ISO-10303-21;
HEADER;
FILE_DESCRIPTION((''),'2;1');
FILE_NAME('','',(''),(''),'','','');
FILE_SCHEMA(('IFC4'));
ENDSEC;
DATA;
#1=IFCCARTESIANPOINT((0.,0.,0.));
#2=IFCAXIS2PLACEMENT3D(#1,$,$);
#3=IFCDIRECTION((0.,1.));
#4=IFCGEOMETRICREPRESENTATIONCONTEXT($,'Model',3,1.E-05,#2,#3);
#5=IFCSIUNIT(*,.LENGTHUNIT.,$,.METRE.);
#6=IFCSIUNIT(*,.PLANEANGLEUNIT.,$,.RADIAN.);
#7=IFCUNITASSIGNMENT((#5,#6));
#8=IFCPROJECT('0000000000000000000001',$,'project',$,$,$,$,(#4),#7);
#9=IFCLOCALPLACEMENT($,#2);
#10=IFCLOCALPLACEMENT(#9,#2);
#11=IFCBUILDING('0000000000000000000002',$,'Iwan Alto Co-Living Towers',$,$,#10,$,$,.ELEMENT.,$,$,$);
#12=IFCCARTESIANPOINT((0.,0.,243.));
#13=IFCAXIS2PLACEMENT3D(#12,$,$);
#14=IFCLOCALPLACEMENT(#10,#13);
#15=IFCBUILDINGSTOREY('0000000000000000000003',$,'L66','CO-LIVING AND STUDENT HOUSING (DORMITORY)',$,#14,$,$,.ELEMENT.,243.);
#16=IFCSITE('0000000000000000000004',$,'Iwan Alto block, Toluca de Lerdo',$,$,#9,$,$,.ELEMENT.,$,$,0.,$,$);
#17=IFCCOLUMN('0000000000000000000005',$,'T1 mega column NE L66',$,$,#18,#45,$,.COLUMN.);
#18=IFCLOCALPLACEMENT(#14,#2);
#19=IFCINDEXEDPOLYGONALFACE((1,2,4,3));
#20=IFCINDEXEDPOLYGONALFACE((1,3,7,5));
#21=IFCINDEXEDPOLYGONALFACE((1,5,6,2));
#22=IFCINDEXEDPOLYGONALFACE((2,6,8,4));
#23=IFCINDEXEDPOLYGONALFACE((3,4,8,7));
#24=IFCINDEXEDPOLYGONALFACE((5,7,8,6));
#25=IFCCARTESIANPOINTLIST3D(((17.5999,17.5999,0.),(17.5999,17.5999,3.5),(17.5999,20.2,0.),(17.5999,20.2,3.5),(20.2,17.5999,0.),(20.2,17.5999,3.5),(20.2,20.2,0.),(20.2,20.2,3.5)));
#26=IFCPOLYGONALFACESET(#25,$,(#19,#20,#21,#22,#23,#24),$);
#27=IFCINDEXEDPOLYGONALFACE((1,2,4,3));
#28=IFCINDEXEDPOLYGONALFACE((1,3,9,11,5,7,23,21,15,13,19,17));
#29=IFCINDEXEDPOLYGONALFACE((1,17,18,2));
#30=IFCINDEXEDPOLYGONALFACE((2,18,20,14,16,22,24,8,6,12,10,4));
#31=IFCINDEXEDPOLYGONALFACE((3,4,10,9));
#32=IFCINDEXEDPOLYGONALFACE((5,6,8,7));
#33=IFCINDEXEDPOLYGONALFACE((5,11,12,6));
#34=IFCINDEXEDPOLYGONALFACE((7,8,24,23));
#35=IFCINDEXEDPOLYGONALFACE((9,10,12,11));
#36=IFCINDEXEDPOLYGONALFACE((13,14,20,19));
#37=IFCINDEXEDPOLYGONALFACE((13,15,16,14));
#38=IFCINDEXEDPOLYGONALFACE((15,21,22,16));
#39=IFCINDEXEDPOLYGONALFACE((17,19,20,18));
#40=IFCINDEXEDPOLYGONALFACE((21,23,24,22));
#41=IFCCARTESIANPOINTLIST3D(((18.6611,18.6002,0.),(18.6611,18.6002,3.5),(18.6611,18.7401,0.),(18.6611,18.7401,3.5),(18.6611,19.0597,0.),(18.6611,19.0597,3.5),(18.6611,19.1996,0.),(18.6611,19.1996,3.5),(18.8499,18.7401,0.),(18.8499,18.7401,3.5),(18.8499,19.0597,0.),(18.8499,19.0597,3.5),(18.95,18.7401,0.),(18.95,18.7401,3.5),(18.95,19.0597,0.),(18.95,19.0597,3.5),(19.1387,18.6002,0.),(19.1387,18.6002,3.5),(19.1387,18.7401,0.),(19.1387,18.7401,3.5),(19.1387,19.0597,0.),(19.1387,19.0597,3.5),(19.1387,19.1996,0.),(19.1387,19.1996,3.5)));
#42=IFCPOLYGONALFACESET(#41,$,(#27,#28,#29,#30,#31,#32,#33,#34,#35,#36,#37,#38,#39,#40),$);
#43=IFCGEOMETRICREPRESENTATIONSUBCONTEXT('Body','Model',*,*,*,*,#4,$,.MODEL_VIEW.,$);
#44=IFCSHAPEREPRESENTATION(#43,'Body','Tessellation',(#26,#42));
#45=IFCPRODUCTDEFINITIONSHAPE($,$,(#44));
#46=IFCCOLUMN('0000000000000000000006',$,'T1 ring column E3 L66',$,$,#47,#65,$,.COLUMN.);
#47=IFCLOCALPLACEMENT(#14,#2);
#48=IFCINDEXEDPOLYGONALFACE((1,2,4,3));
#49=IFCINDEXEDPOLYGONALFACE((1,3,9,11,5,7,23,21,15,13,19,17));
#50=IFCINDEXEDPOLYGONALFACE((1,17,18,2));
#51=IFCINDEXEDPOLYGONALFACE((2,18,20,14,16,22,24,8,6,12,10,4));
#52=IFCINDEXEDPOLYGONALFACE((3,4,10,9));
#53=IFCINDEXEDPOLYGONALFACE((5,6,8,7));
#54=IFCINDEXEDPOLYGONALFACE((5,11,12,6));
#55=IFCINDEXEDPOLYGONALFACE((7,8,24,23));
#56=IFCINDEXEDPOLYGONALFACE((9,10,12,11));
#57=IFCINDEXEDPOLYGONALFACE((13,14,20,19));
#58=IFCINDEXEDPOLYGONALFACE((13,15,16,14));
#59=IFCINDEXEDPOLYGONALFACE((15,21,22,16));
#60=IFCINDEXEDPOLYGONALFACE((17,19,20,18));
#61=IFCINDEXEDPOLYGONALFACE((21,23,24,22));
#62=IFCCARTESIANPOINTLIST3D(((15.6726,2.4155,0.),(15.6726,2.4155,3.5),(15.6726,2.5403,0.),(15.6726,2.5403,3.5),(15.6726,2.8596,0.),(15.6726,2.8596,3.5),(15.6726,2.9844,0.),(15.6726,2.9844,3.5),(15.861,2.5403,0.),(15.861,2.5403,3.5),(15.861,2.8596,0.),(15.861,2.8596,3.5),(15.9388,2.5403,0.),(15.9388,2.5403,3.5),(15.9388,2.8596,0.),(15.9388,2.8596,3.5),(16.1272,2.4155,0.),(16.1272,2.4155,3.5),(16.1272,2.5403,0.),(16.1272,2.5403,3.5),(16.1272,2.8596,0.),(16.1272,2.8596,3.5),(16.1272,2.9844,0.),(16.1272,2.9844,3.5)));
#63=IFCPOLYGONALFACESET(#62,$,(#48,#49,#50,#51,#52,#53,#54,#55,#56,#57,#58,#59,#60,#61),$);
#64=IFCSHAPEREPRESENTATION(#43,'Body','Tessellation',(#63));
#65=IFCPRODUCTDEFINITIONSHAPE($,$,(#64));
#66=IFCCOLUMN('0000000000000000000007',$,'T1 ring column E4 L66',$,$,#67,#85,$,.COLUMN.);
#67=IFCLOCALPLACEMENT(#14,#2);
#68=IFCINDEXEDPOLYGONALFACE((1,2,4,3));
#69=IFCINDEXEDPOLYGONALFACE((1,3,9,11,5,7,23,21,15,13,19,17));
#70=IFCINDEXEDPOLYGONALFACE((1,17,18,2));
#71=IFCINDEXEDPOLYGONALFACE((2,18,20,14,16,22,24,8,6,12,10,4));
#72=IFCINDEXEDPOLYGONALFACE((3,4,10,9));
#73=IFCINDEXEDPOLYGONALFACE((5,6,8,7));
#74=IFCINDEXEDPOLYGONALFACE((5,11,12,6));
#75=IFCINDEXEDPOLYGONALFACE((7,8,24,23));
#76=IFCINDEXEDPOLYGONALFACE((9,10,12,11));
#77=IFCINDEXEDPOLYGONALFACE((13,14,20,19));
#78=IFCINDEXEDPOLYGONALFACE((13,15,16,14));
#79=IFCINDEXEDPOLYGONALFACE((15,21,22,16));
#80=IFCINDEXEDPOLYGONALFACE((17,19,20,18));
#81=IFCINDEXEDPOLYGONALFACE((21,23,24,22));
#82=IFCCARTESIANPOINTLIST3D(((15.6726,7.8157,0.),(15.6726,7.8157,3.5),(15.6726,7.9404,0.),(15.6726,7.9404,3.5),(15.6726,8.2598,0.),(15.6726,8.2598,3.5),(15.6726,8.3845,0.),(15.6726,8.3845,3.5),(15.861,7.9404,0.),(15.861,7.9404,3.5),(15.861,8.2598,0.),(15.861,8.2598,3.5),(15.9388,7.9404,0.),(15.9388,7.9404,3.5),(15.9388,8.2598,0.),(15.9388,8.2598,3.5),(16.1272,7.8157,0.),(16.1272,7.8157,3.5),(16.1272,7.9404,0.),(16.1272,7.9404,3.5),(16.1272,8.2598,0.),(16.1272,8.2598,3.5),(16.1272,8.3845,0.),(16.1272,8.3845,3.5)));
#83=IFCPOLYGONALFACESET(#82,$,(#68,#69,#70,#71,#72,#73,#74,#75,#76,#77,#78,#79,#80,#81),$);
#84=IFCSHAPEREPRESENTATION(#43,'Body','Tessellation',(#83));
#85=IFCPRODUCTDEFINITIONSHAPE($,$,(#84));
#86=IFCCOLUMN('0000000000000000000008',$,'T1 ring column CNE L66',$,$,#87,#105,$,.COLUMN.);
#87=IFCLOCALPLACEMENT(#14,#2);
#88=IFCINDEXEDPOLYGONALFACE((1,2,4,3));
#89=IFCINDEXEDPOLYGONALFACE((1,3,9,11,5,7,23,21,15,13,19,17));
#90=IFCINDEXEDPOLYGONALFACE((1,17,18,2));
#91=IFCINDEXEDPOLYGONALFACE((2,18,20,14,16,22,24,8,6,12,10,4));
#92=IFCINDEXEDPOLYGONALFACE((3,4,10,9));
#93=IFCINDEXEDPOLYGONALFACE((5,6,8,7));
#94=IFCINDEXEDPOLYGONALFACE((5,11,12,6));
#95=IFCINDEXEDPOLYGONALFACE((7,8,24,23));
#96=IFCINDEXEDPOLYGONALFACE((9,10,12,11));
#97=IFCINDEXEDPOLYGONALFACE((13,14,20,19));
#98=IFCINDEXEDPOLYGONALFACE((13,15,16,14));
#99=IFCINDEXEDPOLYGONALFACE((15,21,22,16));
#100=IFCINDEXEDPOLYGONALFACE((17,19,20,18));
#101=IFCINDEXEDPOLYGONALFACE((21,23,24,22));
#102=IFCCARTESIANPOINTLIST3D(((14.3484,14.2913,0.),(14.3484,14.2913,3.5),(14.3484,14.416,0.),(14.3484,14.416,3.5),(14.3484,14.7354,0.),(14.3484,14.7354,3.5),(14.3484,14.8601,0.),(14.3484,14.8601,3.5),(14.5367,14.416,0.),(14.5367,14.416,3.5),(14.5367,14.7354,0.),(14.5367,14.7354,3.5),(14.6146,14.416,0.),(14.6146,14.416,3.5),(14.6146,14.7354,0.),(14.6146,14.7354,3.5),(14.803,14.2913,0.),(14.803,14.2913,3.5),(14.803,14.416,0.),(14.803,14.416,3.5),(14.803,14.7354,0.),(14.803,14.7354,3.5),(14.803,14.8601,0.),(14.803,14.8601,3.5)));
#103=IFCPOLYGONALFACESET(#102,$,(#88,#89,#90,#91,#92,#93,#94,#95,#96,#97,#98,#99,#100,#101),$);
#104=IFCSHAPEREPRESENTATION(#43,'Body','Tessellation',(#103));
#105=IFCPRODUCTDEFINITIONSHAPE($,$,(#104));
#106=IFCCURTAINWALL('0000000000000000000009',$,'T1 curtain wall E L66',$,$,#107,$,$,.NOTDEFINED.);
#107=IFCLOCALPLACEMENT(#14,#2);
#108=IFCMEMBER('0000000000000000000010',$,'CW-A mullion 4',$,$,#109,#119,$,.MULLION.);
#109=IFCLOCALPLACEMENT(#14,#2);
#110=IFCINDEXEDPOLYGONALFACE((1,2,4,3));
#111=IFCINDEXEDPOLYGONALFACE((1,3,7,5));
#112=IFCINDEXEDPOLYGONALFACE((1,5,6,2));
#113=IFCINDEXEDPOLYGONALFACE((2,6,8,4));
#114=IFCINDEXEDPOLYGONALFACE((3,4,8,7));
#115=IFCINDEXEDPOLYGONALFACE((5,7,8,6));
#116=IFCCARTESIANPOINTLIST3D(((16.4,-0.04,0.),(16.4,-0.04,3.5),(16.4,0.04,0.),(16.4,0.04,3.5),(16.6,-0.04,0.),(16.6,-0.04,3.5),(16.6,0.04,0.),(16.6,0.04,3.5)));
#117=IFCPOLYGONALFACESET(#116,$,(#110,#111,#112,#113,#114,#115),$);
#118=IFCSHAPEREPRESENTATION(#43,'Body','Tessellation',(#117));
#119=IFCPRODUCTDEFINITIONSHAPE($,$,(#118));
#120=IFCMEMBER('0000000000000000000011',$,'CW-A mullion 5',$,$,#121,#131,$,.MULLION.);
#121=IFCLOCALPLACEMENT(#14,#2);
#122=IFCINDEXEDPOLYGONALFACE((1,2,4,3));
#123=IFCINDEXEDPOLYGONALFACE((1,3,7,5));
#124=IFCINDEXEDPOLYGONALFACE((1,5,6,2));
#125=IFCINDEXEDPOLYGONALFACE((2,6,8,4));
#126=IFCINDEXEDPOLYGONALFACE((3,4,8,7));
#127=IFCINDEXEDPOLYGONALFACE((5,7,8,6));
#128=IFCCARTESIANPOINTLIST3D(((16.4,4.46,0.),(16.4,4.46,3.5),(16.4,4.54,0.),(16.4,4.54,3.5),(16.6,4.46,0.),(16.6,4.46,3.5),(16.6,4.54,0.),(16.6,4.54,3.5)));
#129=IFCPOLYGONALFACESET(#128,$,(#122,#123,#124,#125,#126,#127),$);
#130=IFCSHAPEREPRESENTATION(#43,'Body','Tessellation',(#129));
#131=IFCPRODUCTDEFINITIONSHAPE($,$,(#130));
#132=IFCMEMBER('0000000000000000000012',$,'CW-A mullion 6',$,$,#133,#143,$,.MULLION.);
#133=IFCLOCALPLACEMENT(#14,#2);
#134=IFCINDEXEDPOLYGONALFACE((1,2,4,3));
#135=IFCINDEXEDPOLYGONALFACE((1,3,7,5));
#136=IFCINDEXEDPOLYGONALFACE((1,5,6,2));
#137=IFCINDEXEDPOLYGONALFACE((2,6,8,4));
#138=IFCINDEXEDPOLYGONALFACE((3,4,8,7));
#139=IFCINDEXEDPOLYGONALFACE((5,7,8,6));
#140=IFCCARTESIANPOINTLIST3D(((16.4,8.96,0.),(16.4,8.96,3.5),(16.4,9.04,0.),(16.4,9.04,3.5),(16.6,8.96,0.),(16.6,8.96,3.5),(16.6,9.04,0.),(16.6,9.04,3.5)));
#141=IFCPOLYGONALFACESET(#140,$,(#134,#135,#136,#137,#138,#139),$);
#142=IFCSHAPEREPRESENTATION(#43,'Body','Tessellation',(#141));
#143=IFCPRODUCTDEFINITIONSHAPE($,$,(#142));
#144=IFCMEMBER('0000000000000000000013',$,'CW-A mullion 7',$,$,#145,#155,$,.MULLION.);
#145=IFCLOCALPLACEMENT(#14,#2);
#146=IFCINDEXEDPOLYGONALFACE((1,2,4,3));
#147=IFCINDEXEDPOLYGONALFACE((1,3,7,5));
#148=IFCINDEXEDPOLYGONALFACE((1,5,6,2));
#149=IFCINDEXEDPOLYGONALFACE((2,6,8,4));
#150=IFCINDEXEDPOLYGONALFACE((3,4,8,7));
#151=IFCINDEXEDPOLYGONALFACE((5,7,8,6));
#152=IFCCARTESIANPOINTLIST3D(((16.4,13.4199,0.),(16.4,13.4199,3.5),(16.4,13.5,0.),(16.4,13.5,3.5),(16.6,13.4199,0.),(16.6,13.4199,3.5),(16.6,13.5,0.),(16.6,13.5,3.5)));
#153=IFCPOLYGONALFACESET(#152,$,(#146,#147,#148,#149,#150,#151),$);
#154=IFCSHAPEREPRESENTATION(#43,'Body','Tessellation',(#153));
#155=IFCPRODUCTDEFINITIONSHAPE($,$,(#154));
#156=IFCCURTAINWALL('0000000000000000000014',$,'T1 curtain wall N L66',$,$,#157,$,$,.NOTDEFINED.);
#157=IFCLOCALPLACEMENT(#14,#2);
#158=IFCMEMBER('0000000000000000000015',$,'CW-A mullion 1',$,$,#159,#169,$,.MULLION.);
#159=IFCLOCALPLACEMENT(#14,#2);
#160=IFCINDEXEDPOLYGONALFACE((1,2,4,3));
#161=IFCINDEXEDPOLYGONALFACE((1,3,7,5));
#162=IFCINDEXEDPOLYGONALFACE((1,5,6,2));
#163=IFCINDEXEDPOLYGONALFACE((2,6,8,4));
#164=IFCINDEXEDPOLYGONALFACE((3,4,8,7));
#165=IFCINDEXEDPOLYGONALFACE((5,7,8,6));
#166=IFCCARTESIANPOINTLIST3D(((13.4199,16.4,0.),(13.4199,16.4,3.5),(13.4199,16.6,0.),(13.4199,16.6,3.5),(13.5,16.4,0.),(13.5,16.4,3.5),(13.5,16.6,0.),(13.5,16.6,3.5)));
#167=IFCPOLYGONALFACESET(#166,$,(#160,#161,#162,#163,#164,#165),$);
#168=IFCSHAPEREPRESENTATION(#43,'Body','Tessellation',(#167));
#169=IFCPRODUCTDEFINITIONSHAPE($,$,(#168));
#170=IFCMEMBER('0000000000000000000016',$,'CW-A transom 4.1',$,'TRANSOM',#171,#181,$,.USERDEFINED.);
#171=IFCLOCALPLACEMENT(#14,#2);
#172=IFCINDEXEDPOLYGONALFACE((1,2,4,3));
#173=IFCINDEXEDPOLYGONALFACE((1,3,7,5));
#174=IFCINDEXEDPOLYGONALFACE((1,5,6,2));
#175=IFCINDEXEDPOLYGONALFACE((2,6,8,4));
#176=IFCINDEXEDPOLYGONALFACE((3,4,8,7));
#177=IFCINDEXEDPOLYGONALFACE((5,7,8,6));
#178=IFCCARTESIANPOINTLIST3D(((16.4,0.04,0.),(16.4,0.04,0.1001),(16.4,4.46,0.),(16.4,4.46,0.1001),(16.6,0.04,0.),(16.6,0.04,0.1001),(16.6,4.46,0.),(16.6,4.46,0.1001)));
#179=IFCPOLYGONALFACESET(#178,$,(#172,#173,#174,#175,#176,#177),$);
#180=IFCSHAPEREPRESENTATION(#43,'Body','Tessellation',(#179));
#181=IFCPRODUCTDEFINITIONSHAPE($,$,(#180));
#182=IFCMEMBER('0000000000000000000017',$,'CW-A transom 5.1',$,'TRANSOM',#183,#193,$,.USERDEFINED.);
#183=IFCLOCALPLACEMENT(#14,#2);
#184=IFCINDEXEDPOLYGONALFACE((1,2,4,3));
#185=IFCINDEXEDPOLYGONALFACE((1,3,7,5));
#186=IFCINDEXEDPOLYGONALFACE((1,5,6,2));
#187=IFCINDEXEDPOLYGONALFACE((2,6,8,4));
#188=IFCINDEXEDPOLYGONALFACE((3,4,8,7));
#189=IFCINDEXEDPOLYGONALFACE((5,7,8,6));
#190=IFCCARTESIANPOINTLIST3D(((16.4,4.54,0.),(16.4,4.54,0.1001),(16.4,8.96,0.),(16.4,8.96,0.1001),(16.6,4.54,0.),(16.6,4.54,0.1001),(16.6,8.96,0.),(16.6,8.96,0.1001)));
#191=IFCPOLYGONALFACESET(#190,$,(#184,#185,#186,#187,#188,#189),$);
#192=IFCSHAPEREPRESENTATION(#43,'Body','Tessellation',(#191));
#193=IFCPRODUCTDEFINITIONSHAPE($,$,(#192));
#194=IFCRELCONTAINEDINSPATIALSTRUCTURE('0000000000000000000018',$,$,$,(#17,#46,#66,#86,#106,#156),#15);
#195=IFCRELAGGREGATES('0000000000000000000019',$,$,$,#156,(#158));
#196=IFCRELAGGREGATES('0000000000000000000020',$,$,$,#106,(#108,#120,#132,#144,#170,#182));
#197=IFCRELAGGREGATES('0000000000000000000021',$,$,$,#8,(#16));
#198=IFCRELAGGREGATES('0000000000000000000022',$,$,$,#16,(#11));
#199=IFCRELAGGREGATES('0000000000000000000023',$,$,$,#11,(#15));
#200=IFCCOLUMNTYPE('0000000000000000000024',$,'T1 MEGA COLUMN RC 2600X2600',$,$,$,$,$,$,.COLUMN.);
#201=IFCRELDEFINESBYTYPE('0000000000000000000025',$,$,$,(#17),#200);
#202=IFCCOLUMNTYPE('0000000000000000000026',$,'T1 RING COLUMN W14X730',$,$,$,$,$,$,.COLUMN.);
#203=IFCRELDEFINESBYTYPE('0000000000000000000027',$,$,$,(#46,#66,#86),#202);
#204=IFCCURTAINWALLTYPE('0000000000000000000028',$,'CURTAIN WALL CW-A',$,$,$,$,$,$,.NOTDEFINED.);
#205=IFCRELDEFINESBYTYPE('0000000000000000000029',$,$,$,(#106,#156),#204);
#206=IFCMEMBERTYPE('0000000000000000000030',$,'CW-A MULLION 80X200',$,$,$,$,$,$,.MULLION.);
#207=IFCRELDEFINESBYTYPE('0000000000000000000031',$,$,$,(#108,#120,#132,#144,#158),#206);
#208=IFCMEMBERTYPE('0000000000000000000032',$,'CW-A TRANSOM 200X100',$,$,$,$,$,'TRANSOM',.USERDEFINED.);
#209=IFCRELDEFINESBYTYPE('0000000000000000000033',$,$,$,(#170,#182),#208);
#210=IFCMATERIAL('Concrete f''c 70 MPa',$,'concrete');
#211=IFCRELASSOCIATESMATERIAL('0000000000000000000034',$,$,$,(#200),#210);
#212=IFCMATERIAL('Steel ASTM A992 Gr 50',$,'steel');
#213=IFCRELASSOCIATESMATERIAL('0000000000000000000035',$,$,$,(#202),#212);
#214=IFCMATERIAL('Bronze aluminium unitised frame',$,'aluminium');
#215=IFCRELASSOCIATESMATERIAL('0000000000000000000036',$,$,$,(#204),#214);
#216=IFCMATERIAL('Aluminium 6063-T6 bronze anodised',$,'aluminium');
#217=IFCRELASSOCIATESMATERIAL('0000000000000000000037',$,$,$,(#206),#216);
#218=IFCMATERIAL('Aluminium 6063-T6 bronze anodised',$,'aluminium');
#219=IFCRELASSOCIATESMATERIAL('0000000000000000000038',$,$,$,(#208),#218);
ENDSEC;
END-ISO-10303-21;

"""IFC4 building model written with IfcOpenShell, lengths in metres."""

from ifc_helpers import new_model, si_unit, direction, frame, origin, origin_2d, place, context, subcontext, project, spatial, rectangle, i_section, extrude, material, material_profile, profile_set, type_object, element, aggregate, save


model = new_model("IFC4")

# Units and contexts
model_context = context("Model", 3, precision=1e-05, world=origin(), true_north=direction((0.0, 1.0)))
body_context = subcontext(model_context, "Body", "Model", "MODEL_VIEW")
ifc_project = project(units=[si_unit("LENGTHUNIT", "METRE"), si_unit("PLANEANGLEUNIT", "RADIAN")], contexts=[model_context])

# Site, building, storey
site_placement = place(None, origin())
site = spatial("IfcSite", under=ifc_project, at=site_placement, Name="Iwan Alto block, Toluca de Lerdo", CompositionType="ELEMENT", RefElevation=0.0)
building_placement = place(site_placement, origin())
building = spatial("IfcBuilding", under=site, at=building_placement, Name="Iwan Alto Co-Living Towers", CompositionType="ELEMENT")
storey_placement = place(building_placement, frame((0.0, 0.0, 243.0)))
storey = spatial("IfcBuildingStorey", under=building, at=storey_placement, Name="L66", Description="CO-LIVING AND STUDENT HOUSING (DORMITORY)", CompositionType="ELEMENT", Elevation=243.0)

# Columns
ifc_material_1 = material(Name="Concrete f'c 70 MPa", Category="concrete")
ifc_material_profile_1 = material_profile(ifc_material_1, rectangle(XDim=2.6001, YDim=2.6001, at=origin_2d()), Name="RC 2600X2600")
ifc_profile_set_1 = profile_set([ifc_material_profile_1], Name="Concrete f'c 70 MPa")
column_type_1 = type_object("IfcColumnType", Name="T1 MEGA COLUMN RC 2600X2600", PredefinedType="COLUMN", material=ifc_profile_set_1)
column_placement = place(storey_placement, frame((18.8999, 18.8999, 0.0), z_axis=(0.0, 0.0, 1.0), x_axis=(1.0, 0.0, 0.0)))
element("IfcColumn", 1, at=column_placement, inside=storey, type_object=column_type_1, Name="T1 mega column NE L66", PredefinedType="COLUMN", context=body_context, shape_type="SweptSolid", body=[
    extrude(rectangle(XDim=2.6001, YDim=2.6001, at=origin_2d()), origin(), (0.0, 0.0, 1.0), 3.5),
    extrude(i_section(OverallWidth=0.4775, OverallDepth=0.5994, WebThickness=0.1001, FlangeThickness=0.1399, at=origin_2d()), origin(), (0.0, 0.0, 1.0), 3.5),
])
ifc_material_2 = material(Name="Steel ASTM A992 Gr 50", Category="steel")
ifc_material_profile_2 = material_profile(ifc_material_2, i_section(OverallWidth=0.4546, OverallDepth=0.5688, WebThickness=0.0779, FlangeThickness=0.1248, at=origin_2d()), Name="W14X730")
ifc_profile_set_2 = profile_set([ifc_material_profile_2], Name="Steel ASTM A992 Gr 50")
column_type_2 = type_object("IfcColumnType", Name="T1 RING COLUMN W14X730", PredefinedType="COLUMN", material=ifc_profile_set_2)
for number, where, z_axis, x_axis, name in (
    (2, (15.8999, 2.7, 0.0), (0.0, 0.0, 1.0), (1.0, 0.0, 0.0), "T1 ring column E3 L66"),
    (3, (15.8999, 8.1001, 0.0), (0.0, 0.0, 1.0), (1.0, 0.0, 0.0), "T1 ring column E4 L66"),
    (4, (14.5757, 14.5757, 0.0), (0.0, 0.0, 1.0), (1.0, 0.0, 0.0), "T1 ring column CNE L66"),
):
    element("IfcColumn", number, at=place(storey_placement, frame(where, z_axis=z_axis, x_axis=x_axis)), inside=storey, type_object=column_type_2, Name=name, PredefinedType="COLUMN", context=body_context, shape_type="SweptSolid", body=[
        extrude(i_section(OverallWidth=0.4546, OverallDepth=0.5688, WebThickness=0.0779, FlangeThickness=0.1248, at=origin_2d()), origin(), (0.0, 0.0, 1.0), 3.5),
    ])

# Curtain wall, members
ifc_material_3 = material(Name="Bronze aluminium unitised frame", Category="aluminium")
curtain_wall_type_1 = type_object("IfcCurtainWallType", Name="CURTAIN WALL CW-A", PredefinedType="NOTDEFINED", material=ifc_material_3)
curtain_wall_1_placement = place(storey_placement, origin())
curtain_wall_1 = element("IfcCurtainWall", 5, at=curtain_wall_1_placement, inside=storey, type_object=curtain_wall_type_1, Name="T1 curtain wall E L66", PredefinedType="NOTDEFINED")
ifc_material_4 = material(Name="Aluminium 6063-T6 bronze anodised", Category="aluminium")
ifc_material_profile_3 = material_profile(ifc_material_4, rectangle(XDim=0.2, YDim=0.0801, at=origin_2d()), Name="AL 80X200")
ifc_profile_set_3 = profile_set([ifc_material_profile_3], Name="Aluminium 6063-T6 bronze anodised")
member_type_1 = type_object("IfcMemberType", Name="CW-A MULLION 80X200", PredefinedType="MULLION", material=ifc_profile_set_3)
member_1_placement = place(storey_placement, frame((16.5, 0.0, 0.0), z_axis=(0.0, 0.0, 1.0), x_axis=(-1.0, 0.0, 0.0)))
member_1 = element("IfcMember", 6, at=member_1_placement, type_object=member_type_1, Name="CW-A mullion 4", PredefinedType="MULLION", context=body_context, shape_type="SweptSolid", body=[
    extrude(rectangle(XDim=0.2, YDim=0.0801, at=origin_2d()), origin(), (0.0, 0.0, 1.0), 3.5),
])
member_2_placement = place(storey_placement, frame((16.5, 4.5, 0.0), z_axis=(0.0, 0.0, 1.0), x_axis=(-1.0, 0.0, 0.0)))
member_2 = element("IfcMember", 7, at=member_2_placement, type_object=member_type_1, Name="CW-A mullion 5", PredefinedType="MULLION", context=body_context, shape_type="SweptSolid", body=[
    extrude(rectangle(XDim=0.2, YDim=0.0801, at=origin_2d()), origin(), (0.0, 0.0, 1.0), 3.5),
])
member_3_placement = place(storey_placement, frame((16.5, 9.0, 0.0), z_axis=(0.0, 0.0, 1.0), x_axis=(-1.0, 0.0, 0.0)))
member_3 = element("IfcMember", 8, at=member_3_placement, type_object=member_type_1, Name="CW-A mullion 6", PredefinedType="MULLION", context=body_context, shape_type="SweptSolid", body=[
    extrude(rectangle(XDim=0.2, YDim=0.0801, at=origin_2d()), origin(), (0.0, 0.0, 1.0), 3.5),
])
member_4_placement = place(storey_placement, frame((16.5, 13.46, 0.0), z_axis=(0.0, 0.0, 1.0), x_axis=(-1.0, 0.0, 0.0)))
member_4 = element("IfcMember", 9, at=member_4_placement, type_object=member_type_1, Name="CW-A mullion 7", PredefinedType="MULLION", context=body_context, shape_type="SweptSolid", body=[
    extrude(rectangle(XDim=0.2, YDim=0.0801, at=origin_2d()), origin(), (0.0, 0.0, 1.0), 3.5),
])

# Curtain wall, member
curtain_wall_2_placement = place(storey_placement, origin())
curtain_wall_2 = element("IfcCurtainWall", 10, at=curtain_wall_2_placement, inside=storey, type_object=curtain_wall_type_1, Name="T1 curtain wall N L66", PredefinedType="NOTDEFINED")
member_5_placement = place(storey_placement, frame((13.46, 16.5, 0.0), z_axis=(0.0, 0.0, 1.0), x_axis=(0.0, -1.0, 0.0)))
member_5 = element("IfcMember", 11, at=member_5_placement, type_object=member_type_1, Name="CW-A mullion 1", PredefinedType="MULLION", context=body_context, shape_type="SweptSolid", body=[
    extrude(rectangle(XDim=0.2, YDim=0.0801, at=origin_2d()), origin(), (0.0, 0.0, 1.0), 3.5),
])

# Members
ifc_material_5 = material(Name="Aluminium 6063-T6 bronze anodised", Category="aluminium")
ifc_material_profile_4 = material_profile(ifc_material_5, rectangle(XDim=0.2, YDim=0.1001, at=origin_2d()), Name="AL 200X100")
ifc_profile_set_4 = profile_set([ifc_material_profile_4], Name="Aluminium 6063-T6 bronze anodised")
member_type_2 = type_object("IfcMemberType", Name="CW-A TRANSOM 200X100", ElementType="TRANSOM", PredefinedType="USERDEFINED", material=ifc_profile_set_4)
member_6_placement = place(storey_placement, frame((16.5, 0.04, 0.05), z_axis=(0.0, 1.0, 0.0), x_axis=(-1.0, 0.0, 0.0)))
member_6 = element("IfcMember", 12, at=member_6_placement, type_object=member_type_2, Name="CW-A transom 4.1", ObjectType="TRANSOM", PredefinedType="USERDEFINED", context=body_context, shape_type="SweptSolid", body=[
    extrude(rectangle(XDim=0.2, YDim=0.1001, at=origin_2d()), origin(), (0.0, 0.0, 1.0), 4.4199),
])
member_7_placement = place(storey_placement, frame((16.5, 4.54, 0.05), z_axis=(0.0, 1.0, 0.0), x_axis=(-1.0, 0.0, 0.0)))
member_7 = element("IfcMember", 13, at=member_7_placement, type_object=member_type_2, Name="CW-A transom 5.1", ObjectType="TRANSOM", PredefinedType="USERDEFINED", context=body_context, shape_type="SweptSolid", body=[
    extrude(rectangle(XDim=0.2, YDim=0.1001, at=origin_2d()), origin(), (0.0, 0.0, 1.0), 4.4199),
])
aggregate(curtain_wall_2, [member_5])

aggregate(curtain_wall_1, [member_1, member_2, member_3, member_4, member_6, member_7])

save(model, "model.ifc")
